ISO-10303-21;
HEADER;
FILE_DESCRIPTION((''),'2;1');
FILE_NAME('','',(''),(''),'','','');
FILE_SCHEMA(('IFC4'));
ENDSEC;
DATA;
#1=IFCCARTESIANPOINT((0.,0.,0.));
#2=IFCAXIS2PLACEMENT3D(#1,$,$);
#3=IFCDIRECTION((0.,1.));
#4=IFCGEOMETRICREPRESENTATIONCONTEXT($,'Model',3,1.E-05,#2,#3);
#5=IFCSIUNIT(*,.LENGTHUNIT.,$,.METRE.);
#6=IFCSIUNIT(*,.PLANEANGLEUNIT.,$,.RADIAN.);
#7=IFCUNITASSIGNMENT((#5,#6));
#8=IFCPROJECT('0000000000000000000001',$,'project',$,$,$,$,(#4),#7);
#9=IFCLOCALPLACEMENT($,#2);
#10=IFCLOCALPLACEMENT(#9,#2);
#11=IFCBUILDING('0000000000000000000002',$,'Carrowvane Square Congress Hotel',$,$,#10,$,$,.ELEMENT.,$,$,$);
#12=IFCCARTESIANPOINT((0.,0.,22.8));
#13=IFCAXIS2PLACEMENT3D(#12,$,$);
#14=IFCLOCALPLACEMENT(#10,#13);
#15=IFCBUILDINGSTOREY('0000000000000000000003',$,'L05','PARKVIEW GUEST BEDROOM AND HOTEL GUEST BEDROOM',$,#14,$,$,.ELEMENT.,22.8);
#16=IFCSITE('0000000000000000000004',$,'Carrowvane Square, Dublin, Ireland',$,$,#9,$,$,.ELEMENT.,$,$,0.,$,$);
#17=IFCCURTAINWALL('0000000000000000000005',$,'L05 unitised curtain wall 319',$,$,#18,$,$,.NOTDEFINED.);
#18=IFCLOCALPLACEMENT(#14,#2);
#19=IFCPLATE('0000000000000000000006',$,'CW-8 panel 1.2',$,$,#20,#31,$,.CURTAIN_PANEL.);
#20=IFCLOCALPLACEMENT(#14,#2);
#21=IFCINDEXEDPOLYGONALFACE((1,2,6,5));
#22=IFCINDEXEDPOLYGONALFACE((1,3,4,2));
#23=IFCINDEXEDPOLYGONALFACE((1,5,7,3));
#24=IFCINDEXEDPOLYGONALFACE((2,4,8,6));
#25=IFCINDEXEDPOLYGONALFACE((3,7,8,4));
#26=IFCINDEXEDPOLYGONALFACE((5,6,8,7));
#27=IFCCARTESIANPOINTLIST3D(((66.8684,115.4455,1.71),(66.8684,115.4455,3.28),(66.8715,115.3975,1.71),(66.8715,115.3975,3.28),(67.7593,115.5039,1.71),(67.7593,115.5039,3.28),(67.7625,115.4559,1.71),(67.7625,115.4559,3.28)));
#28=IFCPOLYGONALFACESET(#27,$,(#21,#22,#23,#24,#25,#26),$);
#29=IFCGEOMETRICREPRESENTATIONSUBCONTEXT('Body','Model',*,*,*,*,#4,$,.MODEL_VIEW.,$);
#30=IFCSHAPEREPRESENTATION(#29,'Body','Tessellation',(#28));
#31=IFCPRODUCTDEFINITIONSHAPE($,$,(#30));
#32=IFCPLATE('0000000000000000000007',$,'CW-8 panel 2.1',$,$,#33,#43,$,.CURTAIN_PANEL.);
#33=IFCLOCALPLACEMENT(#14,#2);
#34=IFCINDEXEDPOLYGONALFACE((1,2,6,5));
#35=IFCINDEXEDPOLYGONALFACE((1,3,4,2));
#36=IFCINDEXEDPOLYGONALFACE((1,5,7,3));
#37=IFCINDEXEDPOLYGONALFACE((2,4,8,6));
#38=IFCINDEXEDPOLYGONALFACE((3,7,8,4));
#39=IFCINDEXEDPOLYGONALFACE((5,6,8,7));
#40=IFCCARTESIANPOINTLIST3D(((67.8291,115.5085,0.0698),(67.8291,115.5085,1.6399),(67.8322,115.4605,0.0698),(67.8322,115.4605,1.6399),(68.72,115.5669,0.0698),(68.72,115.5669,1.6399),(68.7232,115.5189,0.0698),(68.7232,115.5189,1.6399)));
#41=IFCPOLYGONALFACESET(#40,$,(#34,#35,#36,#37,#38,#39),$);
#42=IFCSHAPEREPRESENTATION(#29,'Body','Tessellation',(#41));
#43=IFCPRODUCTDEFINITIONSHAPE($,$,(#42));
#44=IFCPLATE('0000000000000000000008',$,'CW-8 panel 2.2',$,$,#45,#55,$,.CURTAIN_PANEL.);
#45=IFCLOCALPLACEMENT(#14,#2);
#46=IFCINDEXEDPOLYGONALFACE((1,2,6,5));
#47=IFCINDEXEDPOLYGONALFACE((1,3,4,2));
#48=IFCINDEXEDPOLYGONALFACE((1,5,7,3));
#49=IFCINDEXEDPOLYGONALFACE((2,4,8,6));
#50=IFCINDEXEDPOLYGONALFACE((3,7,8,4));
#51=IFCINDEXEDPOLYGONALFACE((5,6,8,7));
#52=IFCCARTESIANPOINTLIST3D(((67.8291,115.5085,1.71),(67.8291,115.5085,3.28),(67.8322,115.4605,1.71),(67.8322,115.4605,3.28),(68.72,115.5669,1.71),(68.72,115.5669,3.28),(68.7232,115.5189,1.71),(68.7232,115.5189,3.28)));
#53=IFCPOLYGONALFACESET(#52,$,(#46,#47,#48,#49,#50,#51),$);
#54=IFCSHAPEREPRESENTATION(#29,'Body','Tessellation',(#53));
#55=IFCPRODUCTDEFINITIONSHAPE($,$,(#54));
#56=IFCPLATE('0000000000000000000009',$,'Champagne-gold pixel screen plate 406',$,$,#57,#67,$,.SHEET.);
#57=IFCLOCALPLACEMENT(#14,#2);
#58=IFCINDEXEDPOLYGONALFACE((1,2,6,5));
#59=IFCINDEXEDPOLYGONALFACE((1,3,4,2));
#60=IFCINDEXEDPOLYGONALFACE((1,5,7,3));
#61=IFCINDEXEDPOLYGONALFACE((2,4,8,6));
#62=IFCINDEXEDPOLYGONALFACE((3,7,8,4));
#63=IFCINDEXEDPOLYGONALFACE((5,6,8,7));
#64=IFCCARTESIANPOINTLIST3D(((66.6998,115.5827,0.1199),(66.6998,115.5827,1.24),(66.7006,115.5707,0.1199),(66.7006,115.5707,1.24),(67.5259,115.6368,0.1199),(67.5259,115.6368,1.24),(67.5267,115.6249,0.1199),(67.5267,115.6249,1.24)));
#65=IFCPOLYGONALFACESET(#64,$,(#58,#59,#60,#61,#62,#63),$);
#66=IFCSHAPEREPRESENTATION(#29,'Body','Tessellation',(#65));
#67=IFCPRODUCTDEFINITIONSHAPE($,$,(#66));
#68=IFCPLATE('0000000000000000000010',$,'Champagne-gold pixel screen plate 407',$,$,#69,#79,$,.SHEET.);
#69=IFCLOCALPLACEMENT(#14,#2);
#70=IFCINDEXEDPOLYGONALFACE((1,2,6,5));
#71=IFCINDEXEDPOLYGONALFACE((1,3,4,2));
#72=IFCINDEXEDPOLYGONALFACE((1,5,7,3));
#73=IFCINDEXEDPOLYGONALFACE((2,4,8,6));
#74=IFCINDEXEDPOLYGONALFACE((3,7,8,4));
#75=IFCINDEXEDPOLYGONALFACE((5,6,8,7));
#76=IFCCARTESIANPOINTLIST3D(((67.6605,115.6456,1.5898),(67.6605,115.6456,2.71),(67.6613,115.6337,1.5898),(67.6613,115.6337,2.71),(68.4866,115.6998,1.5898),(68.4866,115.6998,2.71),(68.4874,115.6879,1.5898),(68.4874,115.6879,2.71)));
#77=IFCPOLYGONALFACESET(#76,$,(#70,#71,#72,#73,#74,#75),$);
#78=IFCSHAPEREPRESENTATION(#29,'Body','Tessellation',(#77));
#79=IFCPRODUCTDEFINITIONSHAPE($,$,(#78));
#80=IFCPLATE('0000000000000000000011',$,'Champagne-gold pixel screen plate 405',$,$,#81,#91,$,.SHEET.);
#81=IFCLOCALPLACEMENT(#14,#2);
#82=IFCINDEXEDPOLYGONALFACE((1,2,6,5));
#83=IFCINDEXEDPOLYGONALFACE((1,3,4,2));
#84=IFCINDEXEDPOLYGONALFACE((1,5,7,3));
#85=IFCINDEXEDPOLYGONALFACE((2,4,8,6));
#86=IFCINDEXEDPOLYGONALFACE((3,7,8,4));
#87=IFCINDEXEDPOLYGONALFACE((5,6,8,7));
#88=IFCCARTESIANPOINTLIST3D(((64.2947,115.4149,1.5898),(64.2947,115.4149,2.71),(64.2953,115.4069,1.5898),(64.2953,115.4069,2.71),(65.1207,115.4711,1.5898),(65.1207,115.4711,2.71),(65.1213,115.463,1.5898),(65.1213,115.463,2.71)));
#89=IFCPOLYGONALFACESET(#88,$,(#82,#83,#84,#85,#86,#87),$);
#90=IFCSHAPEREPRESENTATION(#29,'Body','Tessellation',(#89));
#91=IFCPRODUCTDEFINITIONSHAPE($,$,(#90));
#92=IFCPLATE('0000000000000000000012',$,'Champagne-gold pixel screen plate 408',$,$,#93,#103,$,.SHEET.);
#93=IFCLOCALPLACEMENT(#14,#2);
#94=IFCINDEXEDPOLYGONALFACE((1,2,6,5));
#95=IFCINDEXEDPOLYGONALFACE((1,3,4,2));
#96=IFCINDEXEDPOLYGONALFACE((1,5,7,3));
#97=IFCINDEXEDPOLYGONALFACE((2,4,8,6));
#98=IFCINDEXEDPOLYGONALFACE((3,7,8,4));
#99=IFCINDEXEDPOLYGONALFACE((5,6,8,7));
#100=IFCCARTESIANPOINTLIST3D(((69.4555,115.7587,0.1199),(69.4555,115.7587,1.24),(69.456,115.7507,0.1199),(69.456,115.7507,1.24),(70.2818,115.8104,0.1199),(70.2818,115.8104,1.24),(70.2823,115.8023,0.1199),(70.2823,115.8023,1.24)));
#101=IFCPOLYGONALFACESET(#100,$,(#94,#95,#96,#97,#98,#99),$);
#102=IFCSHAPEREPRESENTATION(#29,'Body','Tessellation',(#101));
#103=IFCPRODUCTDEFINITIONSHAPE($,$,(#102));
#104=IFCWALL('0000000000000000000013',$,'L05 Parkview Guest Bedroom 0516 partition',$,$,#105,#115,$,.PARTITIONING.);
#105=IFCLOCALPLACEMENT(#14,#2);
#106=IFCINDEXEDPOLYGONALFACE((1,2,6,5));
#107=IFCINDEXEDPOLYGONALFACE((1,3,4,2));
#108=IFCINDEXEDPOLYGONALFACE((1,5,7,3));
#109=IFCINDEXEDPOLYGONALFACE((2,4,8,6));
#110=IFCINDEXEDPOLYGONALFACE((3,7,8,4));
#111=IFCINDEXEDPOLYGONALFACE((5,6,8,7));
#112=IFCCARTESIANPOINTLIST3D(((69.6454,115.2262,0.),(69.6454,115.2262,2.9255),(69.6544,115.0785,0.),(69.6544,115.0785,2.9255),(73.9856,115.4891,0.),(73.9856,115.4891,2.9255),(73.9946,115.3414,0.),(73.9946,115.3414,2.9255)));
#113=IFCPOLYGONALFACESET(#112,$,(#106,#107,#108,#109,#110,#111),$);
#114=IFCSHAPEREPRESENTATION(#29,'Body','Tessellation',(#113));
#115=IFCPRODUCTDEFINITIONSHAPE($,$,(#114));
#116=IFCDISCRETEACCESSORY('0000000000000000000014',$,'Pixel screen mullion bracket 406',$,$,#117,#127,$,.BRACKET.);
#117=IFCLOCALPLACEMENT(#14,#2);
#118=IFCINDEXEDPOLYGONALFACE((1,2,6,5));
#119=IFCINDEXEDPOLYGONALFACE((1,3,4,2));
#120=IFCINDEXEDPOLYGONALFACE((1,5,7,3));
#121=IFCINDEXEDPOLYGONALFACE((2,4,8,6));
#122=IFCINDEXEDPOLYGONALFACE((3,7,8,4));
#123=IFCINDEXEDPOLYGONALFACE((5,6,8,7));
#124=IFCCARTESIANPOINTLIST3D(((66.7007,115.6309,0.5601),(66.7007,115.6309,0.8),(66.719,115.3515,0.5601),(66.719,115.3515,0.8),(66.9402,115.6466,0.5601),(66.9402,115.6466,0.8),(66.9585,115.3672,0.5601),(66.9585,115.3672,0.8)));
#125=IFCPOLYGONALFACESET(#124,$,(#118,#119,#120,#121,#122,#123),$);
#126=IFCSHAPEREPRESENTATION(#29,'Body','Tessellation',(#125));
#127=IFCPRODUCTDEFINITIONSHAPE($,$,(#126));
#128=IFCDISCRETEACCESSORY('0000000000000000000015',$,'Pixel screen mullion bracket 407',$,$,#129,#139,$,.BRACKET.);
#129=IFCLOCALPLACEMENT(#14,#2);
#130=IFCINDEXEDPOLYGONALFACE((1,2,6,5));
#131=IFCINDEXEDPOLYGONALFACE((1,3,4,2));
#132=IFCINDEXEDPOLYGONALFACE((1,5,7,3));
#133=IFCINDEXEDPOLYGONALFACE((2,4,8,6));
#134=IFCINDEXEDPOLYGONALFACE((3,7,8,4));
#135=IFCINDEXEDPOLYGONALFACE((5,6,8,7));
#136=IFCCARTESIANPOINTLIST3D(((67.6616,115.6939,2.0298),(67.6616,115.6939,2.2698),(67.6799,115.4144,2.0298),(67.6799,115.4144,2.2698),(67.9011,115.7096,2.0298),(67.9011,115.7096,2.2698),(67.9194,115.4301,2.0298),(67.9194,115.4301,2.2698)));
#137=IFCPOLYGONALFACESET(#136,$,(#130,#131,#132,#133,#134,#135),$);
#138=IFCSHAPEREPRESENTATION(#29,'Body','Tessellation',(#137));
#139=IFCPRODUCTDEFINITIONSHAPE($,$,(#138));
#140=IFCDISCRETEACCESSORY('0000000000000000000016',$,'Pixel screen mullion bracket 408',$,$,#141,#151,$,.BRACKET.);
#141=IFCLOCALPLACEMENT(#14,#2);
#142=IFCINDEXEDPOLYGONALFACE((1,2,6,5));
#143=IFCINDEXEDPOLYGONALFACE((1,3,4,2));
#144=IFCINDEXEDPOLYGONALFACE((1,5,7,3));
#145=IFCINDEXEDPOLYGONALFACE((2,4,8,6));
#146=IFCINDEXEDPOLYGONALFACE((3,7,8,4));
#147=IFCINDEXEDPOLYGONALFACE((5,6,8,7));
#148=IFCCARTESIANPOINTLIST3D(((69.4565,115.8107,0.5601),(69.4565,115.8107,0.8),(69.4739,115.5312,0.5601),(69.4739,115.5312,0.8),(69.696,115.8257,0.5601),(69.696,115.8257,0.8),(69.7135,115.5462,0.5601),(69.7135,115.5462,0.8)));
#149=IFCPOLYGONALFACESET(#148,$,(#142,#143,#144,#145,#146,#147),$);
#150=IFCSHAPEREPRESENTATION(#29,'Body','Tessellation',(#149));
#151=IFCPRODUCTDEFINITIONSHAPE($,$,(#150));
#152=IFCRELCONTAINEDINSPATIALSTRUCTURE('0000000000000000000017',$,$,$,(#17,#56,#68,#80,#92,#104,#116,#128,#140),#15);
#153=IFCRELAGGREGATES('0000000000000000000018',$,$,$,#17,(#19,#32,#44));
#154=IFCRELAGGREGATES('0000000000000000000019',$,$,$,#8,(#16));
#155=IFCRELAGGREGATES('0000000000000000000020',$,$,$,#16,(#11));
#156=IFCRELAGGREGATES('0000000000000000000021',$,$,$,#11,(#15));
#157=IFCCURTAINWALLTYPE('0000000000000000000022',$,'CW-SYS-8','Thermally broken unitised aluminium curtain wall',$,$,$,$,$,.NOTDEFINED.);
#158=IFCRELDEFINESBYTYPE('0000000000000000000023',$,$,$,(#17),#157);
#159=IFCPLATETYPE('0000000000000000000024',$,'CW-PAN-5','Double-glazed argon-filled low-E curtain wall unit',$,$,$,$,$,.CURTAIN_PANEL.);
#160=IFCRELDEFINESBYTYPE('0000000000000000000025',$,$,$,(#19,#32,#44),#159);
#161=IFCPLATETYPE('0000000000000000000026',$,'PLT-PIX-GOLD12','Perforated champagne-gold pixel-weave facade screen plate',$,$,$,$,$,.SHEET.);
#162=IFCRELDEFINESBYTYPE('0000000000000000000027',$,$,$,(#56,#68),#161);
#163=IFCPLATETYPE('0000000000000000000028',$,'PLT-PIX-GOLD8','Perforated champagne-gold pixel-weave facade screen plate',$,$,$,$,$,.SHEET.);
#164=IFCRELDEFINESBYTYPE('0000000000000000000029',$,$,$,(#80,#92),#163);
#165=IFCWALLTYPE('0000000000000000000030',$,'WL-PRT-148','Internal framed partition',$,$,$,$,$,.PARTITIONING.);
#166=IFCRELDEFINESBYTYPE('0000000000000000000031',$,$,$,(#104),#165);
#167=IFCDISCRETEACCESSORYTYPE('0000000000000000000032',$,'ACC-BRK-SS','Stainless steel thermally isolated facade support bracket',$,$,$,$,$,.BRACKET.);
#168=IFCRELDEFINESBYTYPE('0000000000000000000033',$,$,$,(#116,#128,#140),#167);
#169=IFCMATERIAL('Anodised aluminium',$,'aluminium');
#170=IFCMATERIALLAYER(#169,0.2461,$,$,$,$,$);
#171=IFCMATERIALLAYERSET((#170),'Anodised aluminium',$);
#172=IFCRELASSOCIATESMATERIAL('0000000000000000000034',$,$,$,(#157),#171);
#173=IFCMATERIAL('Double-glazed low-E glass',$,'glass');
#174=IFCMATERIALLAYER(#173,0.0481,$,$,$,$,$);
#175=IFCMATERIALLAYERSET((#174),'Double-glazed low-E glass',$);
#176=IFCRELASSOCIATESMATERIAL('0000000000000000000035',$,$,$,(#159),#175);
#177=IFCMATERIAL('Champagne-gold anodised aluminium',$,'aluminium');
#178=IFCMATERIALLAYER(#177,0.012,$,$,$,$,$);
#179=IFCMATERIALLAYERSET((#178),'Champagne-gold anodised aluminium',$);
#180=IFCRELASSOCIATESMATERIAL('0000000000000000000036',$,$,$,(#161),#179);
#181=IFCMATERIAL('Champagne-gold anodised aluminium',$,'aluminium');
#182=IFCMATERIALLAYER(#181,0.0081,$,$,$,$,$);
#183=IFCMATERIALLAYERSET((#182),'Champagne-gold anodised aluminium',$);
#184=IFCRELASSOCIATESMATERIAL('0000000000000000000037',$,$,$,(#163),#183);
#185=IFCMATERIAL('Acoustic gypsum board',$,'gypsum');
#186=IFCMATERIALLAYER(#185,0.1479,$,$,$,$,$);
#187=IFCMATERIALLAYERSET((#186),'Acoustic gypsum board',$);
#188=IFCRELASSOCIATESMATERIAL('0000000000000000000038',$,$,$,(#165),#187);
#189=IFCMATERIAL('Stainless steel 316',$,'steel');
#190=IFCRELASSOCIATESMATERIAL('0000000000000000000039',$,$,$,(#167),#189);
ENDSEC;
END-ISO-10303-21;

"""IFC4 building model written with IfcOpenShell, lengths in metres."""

from ifc_helpers import new_model, si_unit, direction, frame, frame_2d, origin, origin_2d, place, context, subcontext, project, spatial, rectangle, extrude, material, layer, layer_set, type_object, element, aggregate, save


model = new_model("IFC4")

# Units and contexts
model_context = context("Model", 3, precision=1e-05, world=origin(), true_north=direction((0.0, 1.0)))
body_context = subcontext(model_context, "Body", "Model", "MODEL_VIEW")
ifc_project = project(units=[si_unit("LENGTHUNIT", "METRE"), si_unit("PLANEANGLEUNIT", "RADIAN")], contexts=[model_context])

# Site, building, storey
site_placement = place(None, origin())
site = spatial("IfcSite", under=ifc_project, at=site_placement, Name="Carrowvane Square, Dublin, Ireland", CompositionType="ELEMENT", RefElevation=0.0)
building_placement = place(site_placement, origin())
building = spatial("IfcBuilding", under=site, at=building_placement, Name="Carrowvane Square Congress Hotel", CompositionType="ELEMENT")
storey_placement = place(building_placement, frame((0.0, 0.0, 22.8)))
storey = spatial("IfcBuildingStorey", under=building, at=storey_placement, Name="L05", Description="PARKVIEW GUEST BEDROOM AND HOTEL GUEST BEDROOM", CompositionType="ELEMENT", Elevation=22.8)

# Curtain wall
ifc_material_1 = material(Name="Anodised aluminium", Category="aluminium")
ifc_layer_1 = layer(ifc_material_1, 0.2461)
ifc_layer_set_1 = layer_set([ifc_layer_1], Name="Anodised aluminium")
curtain_wall_type_1 = type_object("IfcCurtainWallType", Name="CW-SYS-8", Description="Thermally broken unitised aluminium curtain wall", PredefinedType="NOTDEFINED", material=ifc_layer_set_1)
curtain_wall_1_placement = place(storey_placement, origin())
curtain_wall_1 = element("IfcCurtainWall", 1, at=curtain_wall_1_placement, inside=storey, type_object=curtain_wall_type_1, Name="L05 unitised curtain wall 319", PredefinedType="NOTDEFINED")

# Plates
ifc_material_2 = material(Name="Double-glazed low-E glass", Category="glass")
ifc_layer_2 = layer(ifc_material_2, 0.0481)
ifc_layer_set_2 = layer_set([ifc_layer_2], Name="Double-glazed low-E glass")
plate_type_1 = type_object("IfcPlateType", Name="CW-PAN-5", Description="Double-glazed argon-filled low-E curtain wall unit", PredefinedType="CURTAIN_PANEL", material=ifc_layer_set_2)
plate_1_placement = place(storey_placement, frame((67.3154, 115.4507, 1.71), z_axis=(0.0, 0.0, 1.0), x_axis=(0.997858, 0.065412, 0.0)))
plate_1 = element("IfcPlate", 2, at=plate_1_placement, type_object=plate_type_1, Name="CW-8 panel 1.2", PredefinedType="CURTAIN_PANEL", context=body_context, shape_type="SweptSolid", body=[
    extrude(rectangle(XDim=0.8928, YDim=0.0481, at=origin_2d()), origin(), (0.0, 0.0, 1.0), 1.5701),
])
plate_2_placement = place(storey_placement, frame((68.2761, 115.5137, 0.0698), z_axis=(0.0, 0.0, 1.0), x_axis=(0.997858, 0.065412, 0.0)))
plate_2 = element("IfcPlate", 3, at=plate_2_placement, type_object=plate_type_1, Name="CW-8 panel 2.1", PredefinedType="CURTAIN_PANEL", context=body_context, shape_type="SweptSolid", body=[
    extrude(rectangle(XDim=0.8928, YDim=0.0481, at=origin_2d()), origin(), (0.0, 0.0, 1.0), 1.5701),
])
plate_3_placement = place(storey_placement, frame((68.2761, 115.5137, 1.71), z_axis=(0.0, 0.0, 1.0), x_axis=(0.997858, 0.065412, 0.0)))
plate_3 = element("IfcPlate", 4, at=plate_3_placement, type_object=plate_type_1, Name="CW-8 panel 2.2", PredefinedType="CURTAIN_PANEL", context=body_context, shape_type="SweptSolid", body=[
    extrude(rectangle(XDim=0.8928, YDim=0.0481, at=origin_2d()), origin(), (0.0, 0.0, 1.0), 1.5701),
])
aggregate(curtain_wall_1, [plate_1, plate_2, plate_3])

# Plates
ifc_material_3 = material(Name="Champagne-gold anodised aluminium", Category="aluminium")
ifc_layer_3 = layer(ifc_material_3, 0.012)
ifc_layer_set_3 = layer_set([ifc_layer_3], Name="Champagne-gold anodised aluminium")
plate_type_2 = type_object("IfcPlateType", Name="PLT-PIX-GOLD12", Description="Perforated champagne-gold pixel-weave facade screen plate", PredefinedType="SHEET", material=ifc_layer_set_3)
for number, where, z_axis, x_axis, name in (
    (5, (67.1133, 115.6038, 0.1199), (0.0, 0.0, 1.0), (0.997858, 0.065413, 0.0), "Champagne-gold pixel screen plate 406"),
    (6, (68.074, 115.6667, 1.5898), (0.0, 0.0, 1.0), (0.997858, 0.065413, 0.0), "Champagne-gold pixel screen plate 407"),
):
    element("IfcPlate", number, at=place(storey_placement, frame(where, z_axis=z_axis, x_axis=x_axis)), inside=storey, type_object=plate_type_2, Name=name, PredefinedType="SHEET", context=body_context, shape_type="SweptSolid", body=[
        extrude(rectangle(XDim=0.8279, YDim=0.012, at=origin_2d()), origin(), (0.0, 0.0, 1.0), 1.1201),
    ])
ifc_material_4 = material(Name="Champagne-gold anodised aluminium", Category="aluminium")
ifc_layer_4 = layer(ifc_material_4, 0.0081)
ifc_layer_set_4 = layer_set([ifc_layer_4], Name="Champagne-gold anodised aluminium")
plate_type_3 = type_object("IfcPlateType", Name="PLT-PIX-GOLD8", Description="Perforated champagne-gold pixel-weave facade screen plate", PredefinedType="SHEET", material=ifc_layer_set_4)
for number, where, z_axis, x_axis, name in (
    (7, (64.708, 115.439, 1.5898), (0.0, 0.0, 1.0), (0.997694, 0.067866, 0.0), "Champagne-gold pixel screen plate 405"),
    (8, (69.8689, 115.7805, 0.1199), (0.0, 0.0, 1.0), (0.998051, 0.062397, 0.0), "Champagne-gold pixel screen plate 408"),
):
    element("IfcPlate", number, at=place(storey_placement, frame(where, z_axis=z_axis, x_axis=x_axis)), inside=storey, type_object=plate_type_3, Name=name, PredefinedType="SHEET", context=body_context, shape_type="SweptSolid", body=[
        extrude(rectangle(XDim=0.8279, YDim=0.0081, at=origin_2d()), origin(), (0.0, 0.0, 1.0), 1.1201),
    ])

# Wall
ifc_material_5 = material(Name="Acoustic gypsum board", Category="gypsum")
ifc_layer_5 = layer(ifc_material_5, 0.1479)
ifc_layer_set_5 = layer_set([ifc_layer_5], Name="Acoustic gypsum board")
wall_type = type_object("IfcWallType", Name="WL-PRT-148", Description="Internal framed partition", PredefinedType="PARTITIONING", material=ifc_layer_set_5)
wall_placement = place(storey_placement, frame((69.6499, 115.1523, 0.0), z_axis=(0.0, 0.0, 1.0), x_axis=(0.99817, 0.060473, 0.0)))
element("IfcWall", 9, at=wall_placement, inside=storey, type_object=wall_type, Name="L05 Parkview Guest Bedroom 0516 partition", PredefinedType="PARTITIONING", context=body_context, shape_type="SweptSolid", body=[
    extrude(rectangle(XDim=4.3481, YDim=0.1479, at=frame_2d((2.1741, 0.0))), origin(), (0.0, 0.0, 1.0), 2.9255),
])

# Discrete accessories
ifc_material_6 = material(Name="Stainless steel 316", Category="steel")
discrete_accessory_type = type_object("IfcDiscreteAccessoryType", Name="ACC-BRK-SS", Description="Stainless steel thermally isolated facade support bracket", PredefinedType="BRACKET", material=ifc_material_6)
for number, where, z_axis, x_axis, name in (
    (10, (66.8296, 115.499, 0.5601), (0.0, 0.0, 1.0), (0.997858, 0.065413, 0.0), "Pixel screen mullion bracket 406"),
    (11, (67.7905, 115.562, 2.0298), (0.0, 0.0, 1.0), (0.997858, 0.065413, 0.0), "Pixel screen mullion bracket 407"),
    (12, (69.585, 115.6785, 0.5601), (0.0, 0.0, 1.0), (0.998051, 0.062397, 0.0), "Pixel screen mullion bracket 408"),
):
    element("IfcDiscreteAccessory", number, at=place(storey_placement, frame(where, z_axis=z_axis, x_axis=x_axis)), inside=storey, type_object=discrete_accessory_type, Name=name, PredefinedType="BRACKET", context=body_context, shape_type="SweptSolid", body=[
        extrude(rectangle(XDim=0.24, YDim=0.28, at=origin_2d()), origin(), (0.0, 0.0, 1.0), 0.24),
    ])

save(model, "model.ifc")
